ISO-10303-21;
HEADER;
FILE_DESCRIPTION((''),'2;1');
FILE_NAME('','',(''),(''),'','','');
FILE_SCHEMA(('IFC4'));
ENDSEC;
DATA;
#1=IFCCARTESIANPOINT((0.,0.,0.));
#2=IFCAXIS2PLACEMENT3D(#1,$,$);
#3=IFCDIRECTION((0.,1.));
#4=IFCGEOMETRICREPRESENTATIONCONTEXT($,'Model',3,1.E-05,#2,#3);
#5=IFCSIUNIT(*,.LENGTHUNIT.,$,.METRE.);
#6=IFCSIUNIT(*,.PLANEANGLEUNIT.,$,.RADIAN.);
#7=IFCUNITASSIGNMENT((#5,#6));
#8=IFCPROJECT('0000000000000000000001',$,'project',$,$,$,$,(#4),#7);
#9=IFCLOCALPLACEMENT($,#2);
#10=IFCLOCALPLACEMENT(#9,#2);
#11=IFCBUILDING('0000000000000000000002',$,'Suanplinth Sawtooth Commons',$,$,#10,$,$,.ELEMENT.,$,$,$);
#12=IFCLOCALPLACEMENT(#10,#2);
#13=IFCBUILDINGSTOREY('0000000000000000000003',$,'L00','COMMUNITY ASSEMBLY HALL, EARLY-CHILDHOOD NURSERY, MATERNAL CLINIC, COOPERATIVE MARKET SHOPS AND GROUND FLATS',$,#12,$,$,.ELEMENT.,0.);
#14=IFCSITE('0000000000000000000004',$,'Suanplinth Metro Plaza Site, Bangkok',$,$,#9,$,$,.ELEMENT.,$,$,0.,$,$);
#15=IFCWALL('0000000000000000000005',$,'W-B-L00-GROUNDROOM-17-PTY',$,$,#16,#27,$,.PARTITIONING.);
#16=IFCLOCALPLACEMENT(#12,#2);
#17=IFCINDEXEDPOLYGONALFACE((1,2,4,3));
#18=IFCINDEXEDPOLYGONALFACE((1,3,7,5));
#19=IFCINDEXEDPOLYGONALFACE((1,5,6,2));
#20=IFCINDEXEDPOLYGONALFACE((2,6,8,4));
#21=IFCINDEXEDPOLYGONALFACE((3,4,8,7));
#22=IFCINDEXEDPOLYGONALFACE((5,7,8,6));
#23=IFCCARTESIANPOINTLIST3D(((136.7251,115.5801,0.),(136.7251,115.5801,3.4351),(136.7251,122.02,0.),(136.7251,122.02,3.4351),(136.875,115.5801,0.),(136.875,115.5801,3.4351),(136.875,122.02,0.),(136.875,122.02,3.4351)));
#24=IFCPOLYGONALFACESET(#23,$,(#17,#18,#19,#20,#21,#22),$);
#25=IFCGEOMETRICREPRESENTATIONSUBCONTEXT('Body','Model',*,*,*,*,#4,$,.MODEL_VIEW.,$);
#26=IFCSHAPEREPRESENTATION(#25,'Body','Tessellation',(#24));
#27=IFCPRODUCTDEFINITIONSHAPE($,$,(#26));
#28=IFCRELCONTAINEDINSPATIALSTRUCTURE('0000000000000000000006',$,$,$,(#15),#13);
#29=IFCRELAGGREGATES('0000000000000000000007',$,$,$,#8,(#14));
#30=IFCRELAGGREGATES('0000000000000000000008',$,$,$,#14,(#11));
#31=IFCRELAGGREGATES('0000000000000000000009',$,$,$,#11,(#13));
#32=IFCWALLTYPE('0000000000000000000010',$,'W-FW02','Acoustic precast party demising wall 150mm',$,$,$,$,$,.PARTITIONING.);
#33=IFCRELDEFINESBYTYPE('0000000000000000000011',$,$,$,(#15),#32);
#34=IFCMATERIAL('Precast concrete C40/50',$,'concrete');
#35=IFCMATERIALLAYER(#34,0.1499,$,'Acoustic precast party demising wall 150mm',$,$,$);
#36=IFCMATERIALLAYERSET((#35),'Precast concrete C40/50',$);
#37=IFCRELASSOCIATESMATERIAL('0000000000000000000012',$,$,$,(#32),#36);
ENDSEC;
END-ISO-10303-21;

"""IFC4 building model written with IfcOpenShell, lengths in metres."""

from ifc_helpers import new_model, si_unit, direction, frame, frame_2d, origin, place, context, subcontext, project, spatial, rectangle, extrude, material, layer, layer_set, type_object, element, save


model = new_model("IFC4")

# Units and contexts
model_context = context("Model", 3, precision=1e-05, world=origin(), true_north=direction((0.0, 1.0)))
body_context = subcontext(model_context, "Body", "Model", "MODEL_VIEW")
ifc_project = project(units=[si_unit("LENGTHUNIT", "METRE"), si_unit("PLANEANGLEUNIT", "RADIAN")], contexts=[model_context])

# Site, building, storey
site_placement = place(None, origin())
site = spatial("IfcSite", under=ifc_project, at=site_placement, Name="Suanplinth Metro Plaza Site, Bangkok", CompositionType="ELEMENT", RefElevation=0.0)
building_placement = place(site_placement, origin())
building = spatial("IfcBuilding", under=site, at=building_placement, Name="Suanplinth Sawtooth Commons", CompositionType="ELEMENT")
storey_placement = place(building_placement, origin())
storey = spatial("IfcBuildingStorey", under=building, at=storey_placement, Name="L00", Description="COMMUNITY ASSEMBLY HALL, EARLY-CHILDHOOD NURSERY, MATERNAL CLINIC, COOPERATIVE MARKET SHOPS AND GROUND FLATS", CompositionType="ELEMENT", Elevation=0.0)

# Shared definitions
ifc_material_1 = material(Name="Precast concrete C40/50", Category="concrete")

# Wall
ifc_layer_1 = layer(ifc_material_1, 0.1499, Name="Acoustic precast party demising wall 150mm")
ifc_layer_set_1 = layer_set([ifc_layer_1], Name="Precast concrete C40/50")
wall_type_1 = type_object("IfcWallType", Name="W-FW02", Description="Acoustic precast party demising wall 150mm", PredefinedType="PARTITIONING", material=ifc_layer_set_1)
for number, where, z_axis, x_axis, name in (
    (1, (136.8, 115.5801, 0.0), (0.0, 0.0, 1.0), (0.0, 1.0, 0.0), "W-B-L00-GROUNDROOM-17-PTY"),
):
    element("IfcWall", number, at=place(storey_placement, frame(where, z_axis=z_axis, x_axis=x_axis)), inside=storey, type_object=wall_type_1, Name=name, PredefinedType="PARTITIONING", context=body_context, shape_type="SweptSolid", body=[
        extrude(rectangle(XDim=6.4399, YDim=0.1499, at=frame_2d((3.22, 0.0))), origin(), (0.0, 0.0, 1.0), 3.4351),
    ])

save(model, "model.ifc")
